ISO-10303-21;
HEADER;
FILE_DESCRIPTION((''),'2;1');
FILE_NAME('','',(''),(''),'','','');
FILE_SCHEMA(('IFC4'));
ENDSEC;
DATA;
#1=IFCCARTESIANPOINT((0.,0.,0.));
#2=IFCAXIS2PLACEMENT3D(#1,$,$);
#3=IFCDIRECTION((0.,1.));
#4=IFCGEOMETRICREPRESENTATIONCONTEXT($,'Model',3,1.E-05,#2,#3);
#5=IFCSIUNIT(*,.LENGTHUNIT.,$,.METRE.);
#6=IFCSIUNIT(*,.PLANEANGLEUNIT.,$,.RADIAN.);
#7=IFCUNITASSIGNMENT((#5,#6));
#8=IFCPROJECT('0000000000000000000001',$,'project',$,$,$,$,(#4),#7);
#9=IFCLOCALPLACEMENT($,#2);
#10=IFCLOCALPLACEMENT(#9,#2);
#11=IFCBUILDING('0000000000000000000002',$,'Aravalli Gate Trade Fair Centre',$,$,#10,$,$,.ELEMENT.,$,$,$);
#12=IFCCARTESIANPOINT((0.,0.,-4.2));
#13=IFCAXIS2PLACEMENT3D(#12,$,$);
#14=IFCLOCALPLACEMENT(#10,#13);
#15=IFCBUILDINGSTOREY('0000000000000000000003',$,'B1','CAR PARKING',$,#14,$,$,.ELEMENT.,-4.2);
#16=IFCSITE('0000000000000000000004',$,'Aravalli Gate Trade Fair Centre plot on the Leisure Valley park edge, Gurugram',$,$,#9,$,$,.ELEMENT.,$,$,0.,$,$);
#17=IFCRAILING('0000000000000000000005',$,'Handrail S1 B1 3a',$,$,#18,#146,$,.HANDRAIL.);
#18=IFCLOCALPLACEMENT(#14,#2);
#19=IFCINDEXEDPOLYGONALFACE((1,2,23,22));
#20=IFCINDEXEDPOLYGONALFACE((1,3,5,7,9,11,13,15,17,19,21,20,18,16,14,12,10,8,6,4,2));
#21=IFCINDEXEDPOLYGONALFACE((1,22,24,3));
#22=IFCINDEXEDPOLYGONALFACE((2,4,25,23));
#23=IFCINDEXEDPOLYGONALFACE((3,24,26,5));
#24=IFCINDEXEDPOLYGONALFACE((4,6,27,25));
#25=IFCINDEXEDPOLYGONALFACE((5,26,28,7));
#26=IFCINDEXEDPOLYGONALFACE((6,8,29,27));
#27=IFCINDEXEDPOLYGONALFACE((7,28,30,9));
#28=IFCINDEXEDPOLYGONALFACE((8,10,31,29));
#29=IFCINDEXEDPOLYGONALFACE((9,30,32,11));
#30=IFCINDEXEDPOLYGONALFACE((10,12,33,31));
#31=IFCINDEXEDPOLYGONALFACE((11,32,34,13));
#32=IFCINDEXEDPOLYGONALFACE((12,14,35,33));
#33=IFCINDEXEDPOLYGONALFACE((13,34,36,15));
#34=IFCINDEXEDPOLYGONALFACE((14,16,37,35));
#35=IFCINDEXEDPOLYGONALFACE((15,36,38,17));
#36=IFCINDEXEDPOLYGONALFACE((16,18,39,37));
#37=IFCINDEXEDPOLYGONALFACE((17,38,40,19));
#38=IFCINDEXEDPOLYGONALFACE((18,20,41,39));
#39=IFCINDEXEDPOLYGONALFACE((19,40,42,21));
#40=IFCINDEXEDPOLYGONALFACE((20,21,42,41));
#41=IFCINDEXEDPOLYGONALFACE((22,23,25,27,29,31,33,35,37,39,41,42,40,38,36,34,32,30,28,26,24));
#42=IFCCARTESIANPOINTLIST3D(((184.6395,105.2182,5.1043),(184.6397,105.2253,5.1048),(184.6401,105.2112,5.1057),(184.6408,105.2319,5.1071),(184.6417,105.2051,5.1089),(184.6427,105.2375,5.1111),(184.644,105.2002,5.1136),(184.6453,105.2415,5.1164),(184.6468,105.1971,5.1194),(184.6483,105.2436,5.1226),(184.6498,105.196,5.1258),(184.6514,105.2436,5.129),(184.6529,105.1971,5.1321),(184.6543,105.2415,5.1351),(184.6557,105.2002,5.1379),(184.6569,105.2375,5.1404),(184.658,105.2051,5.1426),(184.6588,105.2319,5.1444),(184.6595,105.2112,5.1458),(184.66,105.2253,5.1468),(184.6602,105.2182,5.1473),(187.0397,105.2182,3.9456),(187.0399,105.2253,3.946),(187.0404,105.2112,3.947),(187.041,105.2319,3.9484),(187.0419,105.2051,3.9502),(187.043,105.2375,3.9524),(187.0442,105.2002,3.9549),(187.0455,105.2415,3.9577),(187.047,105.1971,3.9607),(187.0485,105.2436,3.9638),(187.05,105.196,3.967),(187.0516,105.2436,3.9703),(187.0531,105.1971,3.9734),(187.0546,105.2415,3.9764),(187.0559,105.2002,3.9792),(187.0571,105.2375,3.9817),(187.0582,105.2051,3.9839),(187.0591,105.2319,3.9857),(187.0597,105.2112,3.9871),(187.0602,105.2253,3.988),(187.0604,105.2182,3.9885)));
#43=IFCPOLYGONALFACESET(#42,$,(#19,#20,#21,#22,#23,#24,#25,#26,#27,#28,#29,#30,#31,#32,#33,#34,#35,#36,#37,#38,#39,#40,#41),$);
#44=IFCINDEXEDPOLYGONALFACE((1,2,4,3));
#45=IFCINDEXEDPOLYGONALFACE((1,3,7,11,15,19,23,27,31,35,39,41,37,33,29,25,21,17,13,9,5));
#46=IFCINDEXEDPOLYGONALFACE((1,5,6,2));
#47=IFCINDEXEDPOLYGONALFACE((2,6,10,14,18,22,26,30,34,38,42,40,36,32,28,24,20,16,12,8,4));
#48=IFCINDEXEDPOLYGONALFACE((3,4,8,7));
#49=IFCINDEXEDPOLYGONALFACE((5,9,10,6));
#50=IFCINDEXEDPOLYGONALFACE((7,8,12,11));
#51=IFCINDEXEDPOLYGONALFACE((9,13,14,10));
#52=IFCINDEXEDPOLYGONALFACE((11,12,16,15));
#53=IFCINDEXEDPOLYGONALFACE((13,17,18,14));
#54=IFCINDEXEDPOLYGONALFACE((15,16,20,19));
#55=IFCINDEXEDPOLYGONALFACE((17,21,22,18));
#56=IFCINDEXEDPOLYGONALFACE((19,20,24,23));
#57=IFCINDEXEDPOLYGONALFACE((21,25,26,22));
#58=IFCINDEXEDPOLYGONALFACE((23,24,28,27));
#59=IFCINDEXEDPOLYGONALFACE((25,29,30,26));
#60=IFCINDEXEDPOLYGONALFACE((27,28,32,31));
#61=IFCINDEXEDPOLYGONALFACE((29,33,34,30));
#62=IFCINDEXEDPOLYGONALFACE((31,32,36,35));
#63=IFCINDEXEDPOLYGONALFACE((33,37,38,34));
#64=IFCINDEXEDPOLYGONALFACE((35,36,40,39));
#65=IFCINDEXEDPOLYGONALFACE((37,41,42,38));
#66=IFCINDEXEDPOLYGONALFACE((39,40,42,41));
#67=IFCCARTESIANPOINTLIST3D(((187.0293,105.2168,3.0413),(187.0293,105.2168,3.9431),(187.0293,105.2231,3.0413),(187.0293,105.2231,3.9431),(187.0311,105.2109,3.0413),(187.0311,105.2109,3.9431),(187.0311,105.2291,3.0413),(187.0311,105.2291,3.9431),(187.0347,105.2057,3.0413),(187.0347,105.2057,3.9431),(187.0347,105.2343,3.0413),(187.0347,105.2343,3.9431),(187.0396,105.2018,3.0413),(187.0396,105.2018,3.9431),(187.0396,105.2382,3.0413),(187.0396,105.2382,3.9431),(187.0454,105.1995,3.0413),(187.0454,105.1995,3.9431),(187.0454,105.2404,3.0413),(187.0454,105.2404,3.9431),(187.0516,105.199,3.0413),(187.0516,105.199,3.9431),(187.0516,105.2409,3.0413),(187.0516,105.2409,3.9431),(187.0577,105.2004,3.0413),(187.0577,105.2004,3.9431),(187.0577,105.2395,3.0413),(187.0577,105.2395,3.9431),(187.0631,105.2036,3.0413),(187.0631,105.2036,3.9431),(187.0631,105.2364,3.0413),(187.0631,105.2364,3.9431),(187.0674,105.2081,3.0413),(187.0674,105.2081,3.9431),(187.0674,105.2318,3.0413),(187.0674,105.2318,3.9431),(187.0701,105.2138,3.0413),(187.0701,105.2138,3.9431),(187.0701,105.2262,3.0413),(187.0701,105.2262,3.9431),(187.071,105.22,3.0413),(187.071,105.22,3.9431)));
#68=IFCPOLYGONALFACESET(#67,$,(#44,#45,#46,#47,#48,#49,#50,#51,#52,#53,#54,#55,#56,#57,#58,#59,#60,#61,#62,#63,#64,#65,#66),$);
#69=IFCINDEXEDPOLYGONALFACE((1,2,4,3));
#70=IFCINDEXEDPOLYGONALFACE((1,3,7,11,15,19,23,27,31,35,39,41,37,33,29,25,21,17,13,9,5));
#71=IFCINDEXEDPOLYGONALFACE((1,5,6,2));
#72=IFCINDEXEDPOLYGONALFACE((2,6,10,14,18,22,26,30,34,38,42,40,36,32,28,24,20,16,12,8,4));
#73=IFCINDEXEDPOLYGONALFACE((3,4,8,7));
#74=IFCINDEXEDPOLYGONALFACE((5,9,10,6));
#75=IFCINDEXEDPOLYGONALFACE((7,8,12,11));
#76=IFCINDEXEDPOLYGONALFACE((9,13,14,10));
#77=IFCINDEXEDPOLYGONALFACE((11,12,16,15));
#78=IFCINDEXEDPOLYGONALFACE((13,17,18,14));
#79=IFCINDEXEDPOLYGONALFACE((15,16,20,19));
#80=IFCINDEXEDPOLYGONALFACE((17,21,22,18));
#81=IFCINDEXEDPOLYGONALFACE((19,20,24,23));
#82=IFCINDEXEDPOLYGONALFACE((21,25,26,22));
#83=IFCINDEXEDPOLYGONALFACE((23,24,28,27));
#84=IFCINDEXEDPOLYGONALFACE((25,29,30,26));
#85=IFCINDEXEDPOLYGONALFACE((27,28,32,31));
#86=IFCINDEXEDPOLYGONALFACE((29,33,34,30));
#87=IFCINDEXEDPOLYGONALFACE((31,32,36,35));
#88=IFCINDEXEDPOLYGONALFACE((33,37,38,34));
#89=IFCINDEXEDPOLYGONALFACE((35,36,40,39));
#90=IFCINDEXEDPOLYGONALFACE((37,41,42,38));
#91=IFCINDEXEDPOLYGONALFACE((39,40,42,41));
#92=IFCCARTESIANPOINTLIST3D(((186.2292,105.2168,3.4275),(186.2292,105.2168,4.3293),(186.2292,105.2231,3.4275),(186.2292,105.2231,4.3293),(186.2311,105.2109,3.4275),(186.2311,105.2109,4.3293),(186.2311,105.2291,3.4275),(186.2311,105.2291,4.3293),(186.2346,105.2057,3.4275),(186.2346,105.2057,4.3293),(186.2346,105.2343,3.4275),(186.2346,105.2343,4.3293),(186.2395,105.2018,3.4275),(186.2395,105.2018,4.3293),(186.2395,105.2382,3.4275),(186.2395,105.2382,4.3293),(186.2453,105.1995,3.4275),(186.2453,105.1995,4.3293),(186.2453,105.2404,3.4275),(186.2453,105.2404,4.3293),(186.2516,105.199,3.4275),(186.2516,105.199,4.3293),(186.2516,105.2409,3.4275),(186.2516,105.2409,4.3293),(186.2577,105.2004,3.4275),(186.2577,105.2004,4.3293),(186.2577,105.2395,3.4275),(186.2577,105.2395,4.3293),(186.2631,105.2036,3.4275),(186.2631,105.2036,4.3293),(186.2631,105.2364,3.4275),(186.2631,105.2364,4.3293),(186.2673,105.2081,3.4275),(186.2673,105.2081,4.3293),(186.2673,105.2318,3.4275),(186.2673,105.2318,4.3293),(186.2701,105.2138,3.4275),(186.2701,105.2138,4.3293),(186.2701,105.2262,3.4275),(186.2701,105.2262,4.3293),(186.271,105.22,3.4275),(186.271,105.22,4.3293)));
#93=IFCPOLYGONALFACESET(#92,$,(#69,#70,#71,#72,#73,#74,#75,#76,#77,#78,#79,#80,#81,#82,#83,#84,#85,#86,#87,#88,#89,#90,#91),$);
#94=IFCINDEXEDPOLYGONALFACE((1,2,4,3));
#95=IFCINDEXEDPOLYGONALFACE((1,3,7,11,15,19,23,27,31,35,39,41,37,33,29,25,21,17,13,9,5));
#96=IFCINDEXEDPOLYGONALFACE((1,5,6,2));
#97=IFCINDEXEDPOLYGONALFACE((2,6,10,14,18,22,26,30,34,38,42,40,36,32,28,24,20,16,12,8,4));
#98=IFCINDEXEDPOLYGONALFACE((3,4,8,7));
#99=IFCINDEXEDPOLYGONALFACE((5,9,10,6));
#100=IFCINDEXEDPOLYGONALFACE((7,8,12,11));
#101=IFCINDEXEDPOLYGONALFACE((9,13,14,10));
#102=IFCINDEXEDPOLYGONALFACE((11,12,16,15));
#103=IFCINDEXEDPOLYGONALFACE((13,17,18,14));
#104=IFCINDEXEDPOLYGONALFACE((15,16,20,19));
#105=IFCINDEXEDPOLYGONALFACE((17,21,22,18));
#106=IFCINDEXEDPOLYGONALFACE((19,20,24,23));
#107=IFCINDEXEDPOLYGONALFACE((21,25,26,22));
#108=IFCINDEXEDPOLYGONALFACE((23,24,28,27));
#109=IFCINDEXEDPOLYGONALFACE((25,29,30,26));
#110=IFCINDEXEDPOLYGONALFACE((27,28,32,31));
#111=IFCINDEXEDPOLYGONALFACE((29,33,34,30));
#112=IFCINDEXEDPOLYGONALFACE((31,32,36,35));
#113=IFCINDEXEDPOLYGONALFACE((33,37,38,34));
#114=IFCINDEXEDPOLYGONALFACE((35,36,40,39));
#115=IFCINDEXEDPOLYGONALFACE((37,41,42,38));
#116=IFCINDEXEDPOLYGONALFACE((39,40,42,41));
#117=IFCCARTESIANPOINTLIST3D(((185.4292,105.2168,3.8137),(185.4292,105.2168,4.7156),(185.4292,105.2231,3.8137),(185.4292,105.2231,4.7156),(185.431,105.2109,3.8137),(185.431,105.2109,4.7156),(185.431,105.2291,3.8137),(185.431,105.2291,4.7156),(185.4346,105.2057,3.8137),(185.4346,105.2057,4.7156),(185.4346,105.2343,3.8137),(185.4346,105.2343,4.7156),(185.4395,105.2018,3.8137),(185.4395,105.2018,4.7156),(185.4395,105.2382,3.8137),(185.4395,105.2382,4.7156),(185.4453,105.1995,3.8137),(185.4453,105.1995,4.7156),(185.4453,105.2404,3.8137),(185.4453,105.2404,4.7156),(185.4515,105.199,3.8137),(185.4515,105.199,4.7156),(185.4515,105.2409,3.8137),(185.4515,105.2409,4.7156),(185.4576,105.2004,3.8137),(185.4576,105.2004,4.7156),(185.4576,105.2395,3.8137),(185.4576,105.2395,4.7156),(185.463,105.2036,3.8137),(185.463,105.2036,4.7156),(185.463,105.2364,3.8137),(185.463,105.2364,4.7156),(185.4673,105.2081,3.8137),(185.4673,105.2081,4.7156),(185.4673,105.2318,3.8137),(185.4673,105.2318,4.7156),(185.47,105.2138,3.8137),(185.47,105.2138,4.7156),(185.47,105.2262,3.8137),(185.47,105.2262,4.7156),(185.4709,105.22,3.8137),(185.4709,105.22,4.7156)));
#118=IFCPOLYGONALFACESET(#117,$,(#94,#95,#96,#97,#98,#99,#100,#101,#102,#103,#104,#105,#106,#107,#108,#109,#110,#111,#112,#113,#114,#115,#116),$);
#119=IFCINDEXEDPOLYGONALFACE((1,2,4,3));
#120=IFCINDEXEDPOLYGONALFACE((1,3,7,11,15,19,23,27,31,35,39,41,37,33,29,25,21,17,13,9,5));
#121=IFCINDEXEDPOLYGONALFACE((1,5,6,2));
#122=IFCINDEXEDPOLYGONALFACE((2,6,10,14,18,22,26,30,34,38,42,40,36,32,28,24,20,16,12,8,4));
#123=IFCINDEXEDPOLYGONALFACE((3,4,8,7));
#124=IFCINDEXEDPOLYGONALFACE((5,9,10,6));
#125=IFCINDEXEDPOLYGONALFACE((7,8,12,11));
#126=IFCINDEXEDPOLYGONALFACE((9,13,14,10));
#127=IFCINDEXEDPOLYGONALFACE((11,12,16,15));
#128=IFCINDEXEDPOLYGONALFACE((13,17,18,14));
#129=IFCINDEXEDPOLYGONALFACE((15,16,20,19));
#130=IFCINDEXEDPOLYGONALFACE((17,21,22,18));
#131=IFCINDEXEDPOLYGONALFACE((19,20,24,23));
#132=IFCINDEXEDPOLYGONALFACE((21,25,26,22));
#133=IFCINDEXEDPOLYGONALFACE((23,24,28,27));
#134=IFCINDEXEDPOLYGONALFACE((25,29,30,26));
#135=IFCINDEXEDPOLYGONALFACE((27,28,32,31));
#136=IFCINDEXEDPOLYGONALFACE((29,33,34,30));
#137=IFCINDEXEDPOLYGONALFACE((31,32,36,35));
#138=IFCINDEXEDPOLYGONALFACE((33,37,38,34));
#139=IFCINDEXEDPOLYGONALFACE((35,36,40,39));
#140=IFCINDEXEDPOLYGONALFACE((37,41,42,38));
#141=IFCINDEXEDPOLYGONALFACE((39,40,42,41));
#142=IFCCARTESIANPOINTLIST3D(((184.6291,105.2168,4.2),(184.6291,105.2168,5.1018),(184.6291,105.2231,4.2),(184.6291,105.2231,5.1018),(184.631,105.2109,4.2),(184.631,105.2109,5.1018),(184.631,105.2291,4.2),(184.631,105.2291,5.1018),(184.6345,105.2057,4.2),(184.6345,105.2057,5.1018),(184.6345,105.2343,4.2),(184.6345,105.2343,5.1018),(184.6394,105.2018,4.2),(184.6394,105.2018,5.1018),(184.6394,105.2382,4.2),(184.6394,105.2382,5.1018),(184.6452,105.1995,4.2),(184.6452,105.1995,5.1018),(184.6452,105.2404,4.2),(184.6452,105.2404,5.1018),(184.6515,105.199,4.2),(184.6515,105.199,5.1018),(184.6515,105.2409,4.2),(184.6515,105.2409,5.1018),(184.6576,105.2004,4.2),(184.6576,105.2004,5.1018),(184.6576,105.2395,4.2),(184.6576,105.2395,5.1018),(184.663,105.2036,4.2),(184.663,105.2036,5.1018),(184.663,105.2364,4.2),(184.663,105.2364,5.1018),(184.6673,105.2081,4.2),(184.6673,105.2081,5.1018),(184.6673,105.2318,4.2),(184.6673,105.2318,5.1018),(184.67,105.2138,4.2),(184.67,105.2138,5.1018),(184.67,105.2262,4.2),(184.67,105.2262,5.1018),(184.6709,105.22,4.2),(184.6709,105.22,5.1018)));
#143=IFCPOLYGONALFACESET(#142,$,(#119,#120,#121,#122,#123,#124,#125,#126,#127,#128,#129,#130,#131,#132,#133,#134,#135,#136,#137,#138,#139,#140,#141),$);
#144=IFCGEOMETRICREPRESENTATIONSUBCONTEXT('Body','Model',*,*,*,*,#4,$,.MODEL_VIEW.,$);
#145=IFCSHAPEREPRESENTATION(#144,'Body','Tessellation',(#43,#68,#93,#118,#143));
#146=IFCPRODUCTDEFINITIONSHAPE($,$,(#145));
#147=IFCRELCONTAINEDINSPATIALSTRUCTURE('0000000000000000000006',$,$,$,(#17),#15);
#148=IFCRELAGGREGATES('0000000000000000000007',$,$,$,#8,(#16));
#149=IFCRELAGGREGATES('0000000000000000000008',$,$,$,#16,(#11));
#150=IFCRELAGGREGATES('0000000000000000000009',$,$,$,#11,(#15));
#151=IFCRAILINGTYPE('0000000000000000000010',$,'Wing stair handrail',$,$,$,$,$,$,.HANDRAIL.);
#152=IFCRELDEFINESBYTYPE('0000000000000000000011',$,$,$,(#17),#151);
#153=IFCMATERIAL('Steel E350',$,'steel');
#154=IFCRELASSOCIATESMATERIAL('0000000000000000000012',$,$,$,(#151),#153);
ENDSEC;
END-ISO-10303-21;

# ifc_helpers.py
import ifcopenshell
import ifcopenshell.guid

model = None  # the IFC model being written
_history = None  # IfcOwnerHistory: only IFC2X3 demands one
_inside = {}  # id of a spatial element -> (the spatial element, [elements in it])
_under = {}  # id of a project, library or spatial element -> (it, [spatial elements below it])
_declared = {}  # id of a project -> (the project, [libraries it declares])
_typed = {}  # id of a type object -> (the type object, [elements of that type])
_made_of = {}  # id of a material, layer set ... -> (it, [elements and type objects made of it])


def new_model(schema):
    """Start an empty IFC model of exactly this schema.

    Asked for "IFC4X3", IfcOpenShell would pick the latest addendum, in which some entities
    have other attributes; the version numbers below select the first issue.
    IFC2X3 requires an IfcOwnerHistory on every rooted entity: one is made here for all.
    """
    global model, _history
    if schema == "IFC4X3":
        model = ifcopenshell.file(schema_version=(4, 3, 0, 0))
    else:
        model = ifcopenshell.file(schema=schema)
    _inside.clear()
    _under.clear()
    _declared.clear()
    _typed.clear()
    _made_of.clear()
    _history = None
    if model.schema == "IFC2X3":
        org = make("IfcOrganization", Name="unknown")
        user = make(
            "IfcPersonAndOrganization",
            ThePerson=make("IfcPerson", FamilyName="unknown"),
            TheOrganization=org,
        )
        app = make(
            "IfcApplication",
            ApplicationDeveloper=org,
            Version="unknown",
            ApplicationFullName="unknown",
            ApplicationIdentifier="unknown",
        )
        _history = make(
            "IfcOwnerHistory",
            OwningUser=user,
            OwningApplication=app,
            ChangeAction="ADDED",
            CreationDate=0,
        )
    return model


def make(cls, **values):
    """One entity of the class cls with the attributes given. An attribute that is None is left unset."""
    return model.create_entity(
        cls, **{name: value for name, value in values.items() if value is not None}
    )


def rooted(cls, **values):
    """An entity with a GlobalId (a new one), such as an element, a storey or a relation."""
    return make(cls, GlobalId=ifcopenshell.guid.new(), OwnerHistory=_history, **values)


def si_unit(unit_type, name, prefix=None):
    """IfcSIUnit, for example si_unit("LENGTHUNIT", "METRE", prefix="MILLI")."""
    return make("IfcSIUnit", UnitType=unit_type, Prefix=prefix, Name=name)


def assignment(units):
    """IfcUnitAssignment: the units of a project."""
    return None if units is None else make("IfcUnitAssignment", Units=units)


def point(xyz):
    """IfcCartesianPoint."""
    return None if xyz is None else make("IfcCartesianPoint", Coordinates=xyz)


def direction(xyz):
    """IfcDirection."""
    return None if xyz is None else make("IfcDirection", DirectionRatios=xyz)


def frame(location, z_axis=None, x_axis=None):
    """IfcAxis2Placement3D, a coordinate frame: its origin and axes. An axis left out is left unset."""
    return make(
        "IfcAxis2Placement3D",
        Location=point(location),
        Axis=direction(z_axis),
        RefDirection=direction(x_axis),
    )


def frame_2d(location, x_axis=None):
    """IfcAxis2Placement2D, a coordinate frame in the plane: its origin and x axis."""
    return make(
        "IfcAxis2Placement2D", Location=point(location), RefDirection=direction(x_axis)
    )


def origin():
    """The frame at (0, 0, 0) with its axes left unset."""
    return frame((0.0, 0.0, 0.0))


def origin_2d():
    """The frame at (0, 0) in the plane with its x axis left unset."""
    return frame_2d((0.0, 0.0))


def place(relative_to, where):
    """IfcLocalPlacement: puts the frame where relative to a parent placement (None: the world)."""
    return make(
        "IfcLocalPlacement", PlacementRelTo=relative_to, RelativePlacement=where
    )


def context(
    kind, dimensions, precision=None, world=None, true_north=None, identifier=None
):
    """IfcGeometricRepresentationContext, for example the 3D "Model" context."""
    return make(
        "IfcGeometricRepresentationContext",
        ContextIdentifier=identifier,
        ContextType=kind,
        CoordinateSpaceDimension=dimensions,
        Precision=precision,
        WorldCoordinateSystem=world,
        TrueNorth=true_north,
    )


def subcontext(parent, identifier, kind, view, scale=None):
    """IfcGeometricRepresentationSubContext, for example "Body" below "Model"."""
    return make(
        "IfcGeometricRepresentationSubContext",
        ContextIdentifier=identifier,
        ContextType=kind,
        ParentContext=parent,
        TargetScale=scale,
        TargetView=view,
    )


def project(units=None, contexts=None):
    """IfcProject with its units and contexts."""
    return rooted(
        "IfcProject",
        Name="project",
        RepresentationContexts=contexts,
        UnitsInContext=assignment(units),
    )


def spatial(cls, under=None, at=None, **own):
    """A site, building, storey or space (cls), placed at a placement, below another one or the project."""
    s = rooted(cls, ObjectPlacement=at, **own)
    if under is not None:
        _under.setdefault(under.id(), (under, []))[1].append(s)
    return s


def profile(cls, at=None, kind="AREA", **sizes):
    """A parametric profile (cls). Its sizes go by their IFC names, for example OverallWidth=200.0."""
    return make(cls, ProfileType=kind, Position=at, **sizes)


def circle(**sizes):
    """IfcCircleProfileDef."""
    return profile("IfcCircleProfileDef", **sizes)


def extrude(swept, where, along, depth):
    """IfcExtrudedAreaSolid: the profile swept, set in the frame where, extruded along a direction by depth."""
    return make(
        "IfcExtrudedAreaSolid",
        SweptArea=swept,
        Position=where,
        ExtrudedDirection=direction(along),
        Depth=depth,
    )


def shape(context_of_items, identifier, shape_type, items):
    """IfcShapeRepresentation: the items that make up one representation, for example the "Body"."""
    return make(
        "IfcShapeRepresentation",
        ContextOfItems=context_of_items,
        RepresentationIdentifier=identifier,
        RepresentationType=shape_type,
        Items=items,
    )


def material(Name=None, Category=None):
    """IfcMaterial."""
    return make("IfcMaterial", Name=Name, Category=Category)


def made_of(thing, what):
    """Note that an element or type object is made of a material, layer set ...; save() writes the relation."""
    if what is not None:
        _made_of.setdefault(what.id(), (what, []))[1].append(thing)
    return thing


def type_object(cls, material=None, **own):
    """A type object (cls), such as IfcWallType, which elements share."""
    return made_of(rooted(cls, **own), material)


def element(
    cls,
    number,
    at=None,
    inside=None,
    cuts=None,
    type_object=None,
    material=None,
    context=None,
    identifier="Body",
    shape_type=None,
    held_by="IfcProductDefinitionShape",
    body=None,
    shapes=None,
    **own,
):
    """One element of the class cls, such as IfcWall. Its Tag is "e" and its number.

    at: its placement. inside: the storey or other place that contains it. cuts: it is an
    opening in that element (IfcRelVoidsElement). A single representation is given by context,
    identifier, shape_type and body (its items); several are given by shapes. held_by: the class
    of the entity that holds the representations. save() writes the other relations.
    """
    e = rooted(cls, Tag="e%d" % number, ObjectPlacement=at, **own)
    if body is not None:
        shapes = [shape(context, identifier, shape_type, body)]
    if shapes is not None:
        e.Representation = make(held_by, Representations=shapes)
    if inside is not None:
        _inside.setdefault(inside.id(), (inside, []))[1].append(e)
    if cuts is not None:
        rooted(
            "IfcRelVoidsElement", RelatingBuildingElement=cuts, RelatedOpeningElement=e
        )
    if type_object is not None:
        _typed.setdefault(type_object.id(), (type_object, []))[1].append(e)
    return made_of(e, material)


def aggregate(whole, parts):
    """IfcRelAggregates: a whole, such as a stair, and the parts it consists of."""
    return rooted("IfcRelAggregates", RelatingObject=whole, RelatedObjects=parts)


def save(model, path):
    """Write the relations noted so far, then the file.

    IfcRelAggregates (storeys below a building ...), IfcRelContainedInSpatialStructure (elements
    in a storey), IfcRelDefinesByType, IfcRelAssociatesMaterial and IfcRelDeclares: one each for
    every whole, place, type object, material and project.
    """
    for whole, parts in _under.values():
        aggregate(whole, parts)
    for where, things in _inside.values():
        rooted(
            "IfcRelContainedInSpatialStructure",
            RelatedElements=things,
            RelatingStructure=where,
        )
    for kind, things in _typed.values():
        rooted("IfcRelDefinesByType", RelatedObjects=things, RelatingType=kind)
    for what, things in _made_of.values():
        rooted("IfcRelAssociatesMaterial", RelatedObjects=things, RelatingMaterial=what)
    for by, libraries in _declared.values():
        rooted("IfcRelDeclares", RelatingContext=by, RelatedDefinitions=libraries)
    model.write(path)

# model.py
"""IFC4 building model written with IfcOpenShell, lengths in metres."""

from ifc_helpers import new_model, si_unit, direction, frame, origin, origin_2d, place, context, subcontext, project, spatial, circle, extrude, material, type_object, element, save


model = new_model("IFC4")

# Units and contexts
model_context = context("Model", 3, precision=1e-05, world=origin(), true_north=direction((0.0, 1.0)))
body_context = subcontext(model_context, "Body", "Model", "MODEL_VIEW")
ifc_project = project(units=[si_unit("LENGTHUNIT", "METRE"), si_unit("PLANEANGLEUNIT", "RADIAN")], contexts=[model_context])

# Site, building, storey
site_placement = place(None, origin())
site = spatial("IfcSite", under=ifc_project, at=site_placement, Name="Aravalli Gate Trade Fair Centre plot on the Leisure Valley park edge, Gurugram", CompositionType="ELEMENT", RefElevation=0.0)
building_placement = place(site_placement, origin())
building = spatial("IfcBuilding", under=site, at=building_placement, Name="Aravalli Gate Trade Fair Centre", CompositionType="ELEMENT")
storey_placement = place(building_placement, frame((0.0, 0.0, -4.2)))
storey = spatial("IfcBuildingStorey", under=building, at=storey_placement, Name="B1", Description="CAR PARKING", CompositionType="ELEMENT", Elevation=-4.2)

# Shared definitions
ifc_material_1 = material(Name="Steel E350", Category="steel")

# Railing
railing_type_1 = type_object("IfcRailingType", Name="Wing stair handrail", PredefinedType="HANDRAIL", material=ifc_material_1)
for number, where, name in (
    (1, (187.05, 105.22, 3.0413), "Handrail S1 B1 3a"),
):
    element("IfcRailing", number, at=place(storey_placement, frame(where)), inside=storey, type_object=railing_type_1, Name=name, PredefinedType="HANDRAIL", context=body_context, shape_type="SweptSolid", body=[
        extrude(circle(Radius=0.0239, at=origin_2d()), frame((0.0, 0.0, 0.9258), z_axis=(-0.900552, 0.0, 0.434749), x_axis=(0.0, -1.0, 0.0)), (0.0, 0.0, 1.0), 2.6653),
        extrude(circle(Radius=0.021, at=origin_2d()), origin(), (0.0, 0.0, 1.0), 0.9019),
        extrude(circle(Radius=0.021, at=origin_2d()), frame((-0.8, 0.0, 0.3862)), (0.0, 0.0, 1.0), 0.9019),
        extrude(circle(Radius=0.021, at=origin_2d()), frame((-1.6001, 0.0, 0.7725)), (0.0, 0.0, 1.0), 0.9019),
        extrude(circle(Radius=0.021, at=origin_2d()), frame((-2.4001, 0.0, 1.1587)), (0.0, 0.0, 1.0), 0.9019),
    ])

save(model, "model.ifc")
